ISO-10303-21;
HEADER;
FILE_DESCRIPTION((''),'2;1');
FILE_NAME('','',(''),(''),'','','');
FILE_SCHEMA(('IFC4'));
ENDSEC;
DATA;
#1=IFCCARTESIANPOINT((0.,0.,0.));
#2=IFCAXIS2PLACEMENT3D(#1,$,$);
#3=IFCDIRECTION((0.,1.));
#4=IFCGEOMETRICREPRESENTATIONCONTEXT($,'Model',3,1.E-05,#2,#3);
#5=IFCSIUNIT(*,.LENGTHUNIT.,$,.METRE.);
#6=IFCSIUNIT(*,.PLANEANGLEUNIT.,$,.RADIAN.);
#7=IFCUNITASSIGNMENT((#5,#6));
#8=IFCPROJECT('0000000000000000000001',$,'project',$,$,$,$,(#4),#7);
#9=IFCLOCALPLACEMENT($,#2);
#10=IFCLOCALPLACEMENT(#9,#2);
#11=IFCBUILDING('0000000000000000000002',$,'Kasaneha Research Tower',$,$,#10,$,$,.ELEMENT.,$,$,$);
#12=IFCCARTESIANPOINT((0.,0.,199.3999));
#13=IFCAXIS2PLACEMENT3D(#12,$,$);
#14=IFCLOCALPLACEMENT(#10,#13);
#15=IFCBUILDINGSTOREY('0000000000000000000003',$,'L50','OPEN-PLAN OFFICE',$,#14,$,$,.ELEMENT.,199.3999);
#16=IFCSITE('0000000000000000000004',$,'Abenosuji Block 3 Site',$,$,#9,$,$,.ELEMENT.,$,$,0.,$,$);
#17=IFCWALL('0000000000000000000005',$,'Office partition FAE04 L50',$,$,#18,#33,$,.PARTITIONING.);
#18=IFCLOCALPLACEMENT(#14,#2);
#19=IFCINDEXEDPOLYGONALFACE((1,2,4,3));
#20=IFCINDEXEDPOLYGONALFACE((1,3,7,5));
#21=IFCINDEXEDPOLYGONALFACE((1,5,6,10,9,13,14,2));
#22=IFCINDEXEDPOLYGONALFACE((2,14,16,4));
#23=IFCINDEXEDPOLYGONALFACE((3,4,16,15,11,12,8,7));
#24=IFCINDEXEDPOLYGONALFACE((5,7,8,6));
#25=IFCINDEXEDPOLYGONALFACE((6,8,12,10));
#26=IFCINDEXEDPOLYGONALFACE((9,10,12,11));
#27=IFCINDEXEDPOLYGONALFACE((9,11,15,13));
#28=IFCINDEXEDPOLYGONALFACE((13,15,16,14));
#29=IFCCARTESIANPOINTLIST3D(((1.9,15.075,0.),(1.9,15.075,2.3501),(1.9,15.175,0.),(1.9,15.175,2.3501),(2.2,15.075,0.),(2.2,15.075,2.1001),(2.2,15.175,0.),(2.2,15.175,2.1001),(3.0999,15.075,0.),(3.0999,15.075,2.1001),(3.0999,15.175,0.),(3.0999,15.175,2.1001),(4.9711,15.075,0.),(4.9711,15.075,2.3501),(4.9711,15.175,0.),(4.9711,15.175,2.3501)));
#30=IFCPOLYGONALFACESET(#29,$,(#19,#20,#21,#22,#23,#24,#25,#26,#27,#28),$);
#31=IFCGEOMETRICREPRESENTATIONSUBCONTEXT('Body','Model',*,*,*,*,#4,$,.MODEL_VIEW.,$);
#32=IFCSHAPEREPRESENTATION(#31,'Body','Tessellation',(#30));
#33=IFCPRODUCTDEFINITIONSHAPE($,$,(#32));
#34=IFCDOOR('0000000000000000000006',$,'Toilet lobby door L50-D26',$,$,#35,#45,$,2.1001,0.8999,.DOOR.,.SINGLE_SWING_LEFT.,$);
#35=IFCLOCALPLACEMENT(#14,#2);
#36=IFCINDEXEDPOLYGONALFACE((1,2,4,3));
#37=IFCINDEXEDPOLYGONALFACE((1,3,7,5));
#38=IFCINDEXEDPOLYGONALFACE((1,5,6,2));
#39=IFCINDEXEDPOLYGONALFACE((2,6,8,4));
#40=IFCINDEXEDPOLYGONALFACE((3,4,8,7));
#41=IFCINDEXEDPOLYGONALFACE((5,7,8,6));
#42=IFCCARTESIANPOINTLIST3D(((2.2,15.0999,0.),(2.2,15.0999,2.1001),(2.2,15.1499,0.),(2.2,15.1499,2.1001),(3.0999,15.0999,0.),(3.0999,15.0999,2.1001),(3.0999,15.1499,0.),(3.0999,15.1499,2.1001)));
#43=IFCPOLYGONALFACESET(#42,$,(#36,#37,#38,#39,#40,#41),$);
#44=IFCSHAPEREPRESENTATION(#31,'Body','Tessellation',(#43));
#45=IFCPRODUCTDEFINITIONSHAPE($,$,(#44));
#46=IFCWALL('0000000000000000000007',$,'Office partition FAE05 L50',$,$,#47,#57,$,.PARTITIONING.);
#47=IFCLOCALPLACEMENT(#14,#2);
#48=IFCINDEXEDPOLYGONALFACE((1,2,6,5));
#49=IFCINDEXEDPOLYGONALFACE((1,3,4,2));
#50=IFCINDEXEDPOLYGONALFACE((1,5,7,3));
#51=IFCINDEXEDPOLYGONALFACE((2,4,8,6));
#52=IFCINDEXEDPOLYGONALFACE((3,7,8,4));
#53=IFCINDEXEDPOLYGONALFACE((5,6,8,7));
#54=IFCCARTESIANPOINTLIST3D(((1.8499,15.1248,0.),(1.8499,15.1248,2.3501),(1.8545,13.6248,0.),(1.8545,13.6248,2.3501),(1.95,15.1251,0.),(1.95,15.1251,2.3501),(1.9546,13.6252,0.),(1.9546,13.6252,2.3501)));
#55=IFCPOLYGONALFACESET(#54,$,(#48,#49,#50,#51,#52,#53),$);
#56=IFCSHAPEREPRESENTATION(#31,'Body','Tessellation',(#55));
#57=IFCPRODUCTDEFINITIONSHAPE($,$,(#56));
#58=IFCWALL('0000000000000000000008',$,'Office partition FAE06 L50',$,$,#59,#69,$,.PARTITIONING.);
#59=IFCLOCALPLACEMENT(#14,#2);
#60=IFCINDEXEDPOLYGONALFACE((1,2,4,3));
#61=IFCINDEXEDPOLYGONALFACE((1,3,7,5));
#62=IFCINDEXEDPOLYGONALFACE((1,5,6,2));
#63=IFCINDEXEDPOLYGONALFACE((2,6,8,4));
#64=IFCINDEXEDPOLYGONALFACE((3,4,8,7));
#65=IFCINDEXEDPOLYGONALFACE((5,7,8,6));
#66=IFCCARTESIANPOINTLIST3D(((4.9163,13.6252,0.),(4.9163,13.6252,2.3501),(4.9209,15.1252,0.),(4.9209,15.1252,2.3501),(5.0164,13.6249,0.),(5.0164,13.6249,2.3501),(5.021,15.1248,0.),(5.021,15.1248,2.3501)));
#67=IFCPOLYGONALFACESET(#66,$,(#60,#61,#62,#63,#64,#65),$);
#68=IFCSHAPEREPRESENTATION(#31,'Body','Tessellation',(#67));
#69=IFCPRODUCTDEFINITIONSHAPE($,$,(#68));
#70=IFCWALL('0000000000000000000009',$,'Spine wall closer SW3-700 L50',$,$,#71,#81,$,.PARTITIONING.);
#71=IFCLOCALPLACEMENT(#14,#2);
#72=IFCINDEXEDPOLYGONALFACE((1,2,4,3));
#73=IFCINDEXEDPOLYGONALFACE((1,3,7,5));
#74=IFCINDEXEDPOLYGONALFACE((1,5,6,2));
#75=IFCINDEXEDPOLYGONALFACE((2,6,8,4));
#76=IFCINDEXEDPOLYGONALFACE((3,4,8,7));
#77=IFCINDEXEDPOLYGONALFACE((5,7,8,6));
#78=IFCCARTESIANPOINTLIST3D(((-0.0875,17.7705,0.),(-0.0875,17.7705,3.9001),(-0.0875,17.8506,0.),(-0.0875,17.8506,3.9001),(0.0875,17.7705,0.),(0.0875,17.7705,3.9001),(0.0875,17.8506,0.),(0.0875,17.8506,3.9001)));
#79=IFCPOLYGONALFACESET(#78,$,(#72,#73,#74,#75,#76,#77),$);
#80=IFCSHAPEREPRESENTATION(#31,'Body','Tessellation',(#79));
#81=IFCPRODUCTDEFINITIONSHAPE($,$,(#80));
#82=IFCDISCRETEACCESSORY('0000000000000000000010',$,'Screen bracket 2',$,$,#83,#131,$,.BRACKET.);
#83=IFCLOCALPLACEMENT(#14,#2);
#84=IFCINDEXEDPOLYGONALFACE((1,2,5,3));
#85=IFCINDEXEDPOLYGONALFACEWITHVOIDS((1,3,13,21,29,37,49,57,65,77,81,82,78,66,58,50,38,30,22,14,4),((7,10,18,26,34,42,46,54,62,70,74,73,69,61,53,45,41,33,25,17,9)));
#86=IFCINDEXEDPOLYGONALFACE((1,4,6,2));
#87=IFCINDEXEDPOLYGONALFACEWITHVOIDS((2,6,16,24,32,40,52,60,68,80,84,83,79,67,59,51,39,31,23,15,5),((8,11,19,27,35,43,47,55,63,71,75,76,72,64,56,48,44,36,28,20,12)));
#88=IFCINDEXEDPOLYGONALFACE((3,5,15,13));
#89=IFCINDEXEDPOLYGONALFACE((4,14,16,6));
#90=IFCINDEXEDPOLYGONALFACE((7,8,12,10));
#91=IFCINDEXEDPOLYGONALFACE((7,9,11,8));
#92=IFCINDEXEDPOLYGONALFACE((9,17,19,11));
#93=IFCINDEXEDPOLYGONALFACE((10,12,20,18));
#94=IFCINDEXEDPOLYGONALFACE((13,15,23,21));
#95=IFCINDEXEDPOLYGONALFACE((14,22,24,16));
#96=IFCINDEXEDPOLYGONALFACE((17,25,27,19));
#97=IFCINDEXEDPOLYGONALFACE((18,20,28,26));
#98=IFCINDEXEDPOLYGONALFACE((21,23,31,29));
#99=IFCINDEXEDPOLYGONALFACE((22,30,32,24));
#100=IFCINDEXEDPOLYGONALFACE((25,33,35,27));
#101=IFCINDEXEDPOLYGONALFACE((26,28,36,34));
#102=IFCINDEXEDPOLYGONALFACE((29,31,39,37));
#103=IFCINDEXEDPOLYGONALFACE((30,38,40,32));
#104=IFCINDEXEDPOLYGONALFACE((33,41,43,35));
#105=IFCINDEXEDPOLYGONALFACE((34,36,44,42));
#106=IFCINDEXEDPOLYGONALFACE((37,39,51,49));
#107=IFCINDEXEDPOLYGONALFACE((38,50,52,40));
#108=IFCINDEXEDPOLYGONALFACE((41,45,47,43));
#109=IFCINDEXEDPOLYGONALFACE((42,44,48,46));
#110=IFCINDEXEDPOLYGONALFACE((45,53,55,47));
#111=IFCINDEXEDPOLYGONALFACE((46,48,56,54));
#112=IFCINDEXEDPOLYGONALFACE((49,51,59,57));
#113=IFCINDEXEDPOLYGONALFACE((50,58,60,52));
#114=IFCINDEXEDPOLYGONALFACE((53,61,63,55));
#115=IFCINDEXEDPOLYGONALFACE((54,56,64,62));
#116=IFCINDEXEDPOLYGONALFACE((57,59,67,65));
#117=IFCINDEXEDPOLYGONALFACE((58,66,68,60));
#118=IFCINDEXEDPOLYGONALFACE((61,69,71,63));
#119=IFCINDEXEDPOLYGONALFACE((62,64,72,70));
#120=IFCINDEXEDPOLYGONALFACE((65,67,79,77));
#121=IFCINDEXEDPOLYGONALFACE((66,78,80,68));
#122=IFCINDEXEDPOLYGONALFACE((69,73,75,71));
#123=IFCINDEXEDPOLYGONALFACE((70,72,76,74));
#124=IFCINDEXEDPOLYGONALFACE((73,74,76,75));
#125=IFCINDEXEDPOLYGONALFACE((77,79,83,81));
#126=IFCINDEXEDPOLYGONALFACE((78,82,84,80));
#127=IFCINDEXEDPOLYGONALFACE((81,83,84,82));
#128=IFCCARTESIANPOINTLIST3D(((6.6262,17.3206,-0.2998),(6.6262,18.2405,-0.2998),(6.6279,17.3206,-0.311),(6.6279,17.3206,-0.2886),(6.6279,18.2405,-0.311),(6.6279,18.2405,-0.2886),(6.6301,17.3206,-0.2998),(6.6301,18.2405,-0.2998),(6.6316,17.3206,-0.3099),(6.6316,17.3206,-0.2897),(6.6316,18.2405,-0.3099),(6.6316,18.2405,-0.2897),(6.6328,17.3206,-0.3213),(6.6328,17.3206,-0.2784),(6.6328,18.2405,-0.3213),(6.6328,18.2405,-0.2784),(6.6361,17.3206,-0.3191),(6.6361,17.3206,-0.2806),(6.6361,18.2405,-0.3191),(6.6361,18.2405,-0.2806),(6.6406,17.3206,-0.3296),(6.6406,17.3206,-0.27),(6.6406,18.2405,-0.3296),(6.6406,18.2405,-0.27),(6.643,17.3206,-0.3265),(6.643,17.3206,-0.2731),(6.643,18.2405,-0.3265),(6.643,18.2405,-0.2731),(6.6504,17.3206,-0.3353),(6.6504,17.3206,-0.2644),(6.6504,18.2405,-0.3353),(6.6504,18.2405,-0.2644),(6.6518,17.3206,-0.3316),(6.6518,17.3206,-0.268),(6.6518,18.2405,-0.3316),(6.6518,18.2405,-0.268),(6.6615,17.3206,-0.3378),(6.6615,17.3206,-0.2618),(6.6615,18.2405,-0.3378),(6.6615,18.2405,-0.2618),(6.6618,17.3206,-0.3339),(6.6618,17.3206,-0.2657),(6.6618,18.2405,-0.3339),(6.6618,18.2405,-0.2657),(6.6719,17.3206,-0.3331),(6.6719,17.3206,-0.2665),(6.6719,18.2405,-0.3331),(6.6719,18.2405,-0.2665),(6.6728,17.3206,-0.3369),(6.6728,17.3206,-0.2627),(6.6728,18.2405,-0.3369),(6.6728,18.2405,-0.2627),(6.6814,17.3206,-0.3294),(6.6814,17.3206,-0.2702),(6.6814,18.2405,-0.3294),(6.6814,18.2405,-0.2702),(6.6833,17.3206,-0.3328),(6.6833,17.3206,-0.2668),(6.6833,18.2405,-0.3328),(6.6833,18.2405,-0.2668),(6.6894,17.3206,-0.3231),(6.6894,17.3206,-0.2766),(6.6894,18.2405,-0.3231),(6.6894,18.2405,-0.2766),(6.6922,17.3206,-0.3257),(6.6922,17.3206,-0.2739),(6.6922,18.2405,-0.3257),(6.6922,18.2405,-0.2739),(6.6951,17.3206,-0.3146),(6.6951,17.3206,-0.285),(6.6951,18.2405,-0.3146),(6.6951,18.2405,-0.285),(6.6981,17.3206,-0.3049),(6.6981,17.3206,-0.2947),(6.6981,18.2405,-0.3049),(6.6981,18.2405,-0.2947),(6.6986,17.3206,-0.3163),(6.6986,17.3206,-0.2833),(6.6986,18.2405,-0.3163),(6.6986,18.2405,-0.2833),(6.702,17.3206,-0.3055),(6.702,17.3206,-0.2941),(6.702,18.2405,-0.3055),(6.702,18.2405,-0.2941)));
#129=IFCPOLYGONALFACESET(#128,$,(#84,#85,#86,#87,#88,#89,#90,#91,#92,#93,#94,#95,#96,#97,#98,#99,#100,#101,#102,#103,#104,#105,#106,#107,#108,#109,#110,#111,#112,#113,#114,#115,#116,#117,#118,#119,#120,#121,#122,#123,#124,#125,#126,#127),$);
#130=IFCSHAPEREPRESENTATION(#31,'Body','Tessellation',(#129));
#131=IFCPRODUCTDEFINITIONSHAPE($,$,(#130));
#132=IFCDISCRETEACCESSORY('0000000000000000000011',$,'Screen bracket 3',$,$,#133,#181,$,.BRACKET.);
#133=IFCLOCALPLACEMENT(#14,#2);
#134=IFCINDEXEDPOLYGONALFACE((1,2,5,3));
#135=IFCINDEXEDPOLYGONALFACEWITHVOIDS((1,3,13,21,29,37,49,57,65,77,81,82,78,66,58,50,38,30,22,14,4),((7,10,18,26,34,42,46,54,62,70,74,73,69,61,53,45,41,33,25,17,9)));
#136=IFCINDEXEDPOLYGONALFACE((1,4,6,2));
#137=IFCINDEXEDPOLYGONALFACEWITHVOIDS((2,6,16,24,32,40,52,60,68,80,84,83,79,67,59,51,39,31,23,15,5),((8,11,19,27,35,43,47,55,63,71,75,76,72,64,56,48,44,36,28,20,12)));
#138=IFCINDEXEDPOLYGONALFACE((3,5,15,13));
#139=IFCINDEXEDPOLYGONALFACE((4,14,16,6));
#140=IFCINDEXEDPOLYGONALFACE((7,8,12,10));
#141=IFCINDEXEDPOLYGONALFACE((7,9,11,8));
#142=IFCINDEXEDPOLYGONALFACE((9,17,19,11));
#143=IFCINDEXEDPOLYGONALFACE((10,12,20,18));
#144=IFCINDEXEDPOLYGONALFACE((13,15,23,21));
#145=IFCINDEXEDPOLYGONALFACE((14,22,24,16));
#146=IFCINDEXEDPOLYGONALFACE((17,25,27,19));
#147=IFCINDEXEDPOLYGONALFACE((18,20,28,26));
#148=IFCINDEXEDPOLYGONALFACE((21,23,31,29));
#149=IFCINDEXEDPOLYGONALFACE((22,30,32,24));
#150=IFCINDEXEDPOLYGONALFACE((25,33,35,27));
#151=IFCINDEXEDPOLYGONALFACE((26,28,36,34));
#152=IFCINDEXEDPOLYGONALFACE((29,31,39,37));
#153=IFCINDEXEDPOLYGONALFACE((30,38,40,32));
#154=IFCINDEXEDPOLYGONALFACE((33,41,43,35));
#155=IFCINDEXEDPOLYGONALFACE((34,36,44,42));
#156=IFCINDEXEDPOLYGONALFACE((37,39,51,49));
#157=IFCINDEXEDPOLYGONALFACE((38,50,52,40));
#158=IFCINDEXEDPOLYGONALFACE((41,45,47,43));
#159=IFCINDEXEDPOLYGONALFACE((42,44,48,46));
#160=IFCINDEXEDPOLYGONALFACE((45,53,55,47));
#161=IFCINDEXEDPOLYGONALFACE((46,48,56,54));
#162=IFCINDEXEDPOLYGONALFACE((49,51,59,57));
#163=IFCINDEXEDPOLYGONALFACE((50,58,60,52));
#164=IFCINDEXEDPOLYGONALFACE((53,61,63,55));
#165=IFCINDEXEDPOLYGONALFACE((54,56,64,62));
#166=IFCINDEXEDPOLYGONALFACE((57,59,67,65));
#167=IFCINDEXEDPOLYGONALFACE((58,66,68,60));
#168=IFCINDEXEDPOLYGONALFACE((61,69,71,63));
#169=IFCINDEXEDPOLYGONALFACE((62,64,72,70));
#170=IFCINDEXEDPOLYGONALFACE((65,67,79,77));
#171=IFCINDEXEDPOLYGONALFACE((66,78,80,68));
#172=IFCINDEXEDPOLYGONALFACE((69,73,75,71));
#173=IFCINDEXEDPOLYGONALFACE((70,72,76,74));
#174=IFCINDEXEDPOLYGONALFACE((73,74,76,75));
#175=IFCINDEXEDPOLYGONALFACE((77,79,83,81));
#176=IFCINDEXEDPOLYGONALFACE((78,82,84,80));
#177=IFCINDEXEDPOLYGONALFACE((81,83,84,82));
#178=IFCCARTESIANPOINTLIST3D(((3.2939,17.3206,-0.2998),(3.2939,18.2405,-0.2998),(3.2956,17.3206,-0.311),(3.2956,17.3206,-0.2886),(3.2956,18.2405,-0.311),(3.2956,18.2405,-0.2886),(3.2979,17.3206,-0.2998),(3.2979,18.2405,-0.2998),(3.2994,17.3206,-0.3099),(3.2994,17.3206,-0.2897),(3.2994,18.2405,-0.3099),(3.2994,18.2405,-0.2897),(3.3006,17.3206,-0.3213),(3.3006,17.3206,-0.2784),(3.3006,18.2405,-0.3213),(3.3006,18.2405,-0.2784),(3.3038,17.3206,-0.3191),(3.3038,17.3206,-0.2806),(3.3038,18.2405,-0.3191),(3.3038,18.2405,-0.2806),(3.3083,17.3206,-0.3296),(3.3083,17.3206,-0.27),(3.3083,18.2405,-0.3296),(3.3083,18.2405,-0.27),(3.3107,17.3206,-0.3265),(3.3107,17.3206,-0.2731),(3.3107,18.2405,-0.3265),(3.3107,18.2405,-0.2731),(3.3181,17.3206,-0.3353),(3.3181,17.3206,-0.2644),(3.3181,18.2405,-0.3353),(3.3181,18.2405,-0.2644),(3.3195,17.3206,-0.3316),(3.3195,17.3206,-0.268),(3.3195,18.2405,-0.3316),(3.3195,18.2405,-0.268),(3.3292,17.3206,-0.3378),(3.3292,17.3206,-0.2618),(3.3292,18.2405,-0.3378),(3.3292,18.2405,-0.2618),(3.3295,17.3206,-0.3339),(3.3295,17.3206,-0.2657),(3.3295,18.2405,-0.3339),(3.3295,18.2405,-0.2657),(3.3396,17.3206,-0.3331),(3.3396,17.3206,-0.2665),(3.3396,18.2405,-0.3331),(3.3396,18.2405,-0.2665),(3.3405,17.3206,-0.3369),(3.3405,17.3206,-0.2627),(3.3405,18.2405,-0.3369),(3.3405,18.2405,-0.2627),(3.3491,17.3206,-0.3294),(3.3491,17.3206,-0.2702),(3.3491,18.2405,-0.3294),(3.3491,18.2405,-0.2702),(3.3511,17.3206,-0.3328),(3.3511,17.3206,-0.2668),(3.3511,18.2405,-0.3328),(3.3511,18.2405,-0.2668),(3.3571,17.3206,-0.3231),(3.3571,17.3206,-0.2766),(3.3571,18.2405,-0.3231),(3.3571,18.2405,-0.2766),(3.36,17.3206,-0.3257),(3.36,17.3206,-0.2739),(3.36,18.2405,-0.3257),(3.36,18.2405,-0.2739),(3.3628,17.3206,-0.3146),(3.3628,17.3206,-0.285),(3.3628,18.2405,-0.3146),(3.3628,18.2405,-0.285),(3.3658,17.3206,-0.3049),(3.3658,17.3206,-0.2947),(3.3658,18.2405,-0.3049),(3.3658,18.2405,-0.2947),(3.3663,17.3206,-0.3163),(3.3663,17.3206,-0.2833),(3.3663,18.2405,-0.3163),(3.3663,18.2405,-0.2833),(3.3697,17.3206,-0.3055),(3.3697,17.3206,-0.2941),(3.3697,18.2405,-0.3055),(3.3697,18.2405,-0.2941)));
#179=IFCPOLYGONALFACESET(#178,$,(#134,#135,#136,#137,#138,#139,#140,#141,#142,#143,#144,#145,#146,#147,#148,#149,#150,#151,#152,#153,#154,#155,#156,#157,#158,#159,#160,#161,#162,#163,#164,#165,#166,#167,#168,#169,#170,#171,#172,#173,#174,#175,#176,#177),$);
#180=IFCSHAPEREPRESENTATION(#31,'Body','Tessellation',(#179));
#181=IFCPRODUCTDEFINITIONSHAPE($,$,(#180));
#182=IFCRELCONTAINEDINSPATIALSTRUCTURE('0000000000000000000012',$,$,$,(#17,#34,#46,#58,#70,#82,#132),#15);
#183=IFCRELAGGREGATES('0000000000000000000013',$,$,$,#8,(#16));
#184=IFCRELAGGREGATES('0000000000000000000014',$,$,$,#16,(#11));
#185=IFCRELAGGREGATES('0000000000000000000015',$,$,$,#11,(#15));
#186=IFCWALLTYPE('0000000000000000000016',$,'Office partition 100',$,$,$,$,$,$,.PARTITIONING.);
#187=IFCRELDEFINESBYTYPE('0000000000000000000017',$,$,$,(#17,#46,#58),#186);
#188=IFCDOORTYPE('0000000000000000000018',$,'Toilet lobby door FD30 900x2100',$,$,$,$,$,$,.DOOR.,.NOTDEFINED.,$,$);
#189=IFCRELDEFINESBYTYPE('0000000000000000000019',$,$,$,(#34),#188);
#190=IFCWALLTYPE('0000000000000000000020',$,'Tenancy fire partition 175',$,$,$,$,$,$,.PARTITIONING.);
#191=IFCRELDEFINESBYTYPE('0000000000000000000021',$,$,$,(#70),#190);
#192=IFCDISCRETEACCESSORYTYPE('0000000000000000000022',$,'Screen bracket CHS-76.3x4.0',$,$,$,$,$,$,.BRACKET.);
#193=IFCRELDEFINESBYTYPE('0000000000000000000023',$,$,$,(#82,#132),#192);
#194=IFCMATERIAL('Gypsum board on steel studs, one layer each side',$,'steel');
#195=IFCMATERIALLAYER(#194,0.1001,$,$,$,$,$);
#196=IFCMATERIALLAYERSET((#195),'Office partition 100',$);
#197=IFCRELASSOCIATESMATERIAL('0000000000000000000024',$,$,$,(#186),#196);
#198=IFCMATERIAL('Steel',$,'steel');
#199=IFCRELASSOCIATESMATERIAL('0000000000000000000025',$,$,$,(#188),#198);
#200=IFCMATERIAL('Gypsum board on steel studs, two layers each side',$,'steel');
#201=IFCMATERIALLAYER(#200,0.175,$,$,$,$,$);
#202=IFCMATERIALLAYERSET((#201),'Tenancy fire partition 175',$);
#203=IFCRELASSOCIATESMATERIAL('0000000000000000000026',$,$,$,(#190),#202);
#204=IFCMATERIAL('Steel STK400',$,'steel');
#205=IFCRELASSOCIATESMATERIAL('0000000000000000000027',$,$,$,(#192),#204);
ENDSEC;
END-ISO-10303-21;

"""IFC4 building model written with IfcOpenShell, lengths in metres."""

from ifc_helpers import new_model, si_unit, direction, frame, frame_2d, origin, origin_2d, place, context, subcontext, project, spatial, rectangle, hollow_circle, extrude, material, layer, layer_set, material_profile, profile_set, type_object, element, fill, save


model = new_model("IFC4")

# Units and contexts
model_context = context("Model", 3, precision=1e-05, world=origin(), true_north=direction((0.0, 1.0)))
body_context = subcontext(model_context, "Body", "Model", "MODEL_VIEW")
ifc_project = project(units=[si_unit("LENGTHUNIT", "METRE"), si_unit("PLANEANGLEUNIT", "RADIAN")], contexts=[model_context])

# Site, building, storey
site_placement = place(None, origin())
site = spatial("IfcSite", under=ifc_project, at=site_placement, Name="Abenosuji Block 3 Site", CompositionType="ELEMENT", RefElevation=0.0)
building_placement = place(site_placement, origin())
building = spatial("IfcBuilding", under=site, at=building_placement, Name="Kasaneha Research Tower", CompositionType="ELEMENT")
storey_placement = place(building_placement, frame((0.0, 0.0, 199.3999)))
storey = spatial("IfcBuildingStorey", under=building, at=storey_placement, Name="L50", Description="OPEN-PLAN OFFICE", CompositionType="ELEMENT", Elevation=199.3999)

# Shared definitions
ifc_material_1 = material(Name="Gypsum board on steel studs, one layer each side", Category="steel")
ifc_layer_1 = layer(ifc_material_1, 0.1001)
ifc_layer_set_1 = layer_set([ifc_layer_1], Name="Office partition 100")
wall_type_1 = type_object("IfcWallType", Name="Office partition 100", PredefinedType="PARTITIONING", material=ifc_layer_set_1)
ifc_material_2 = material(Name="Steel", Category="steel")
door_type = type_object("IfcDoorType", Name="Toilet lobby door FD30 900x2100", OperationType="NOTDEFINED", PredefinedType="DOOR", material=ifc_material_2)

# Wall, opening, door
wall_1_placement = place(storey_placement, frame((1.8999, 15.125, 0.0), z_axis=(0.0, 0.0, 1.0), x_axis=(1.0, 0.0, 0.0)))
wall_1 = element("IfcWall", 1, at=wall_1_placement, inside=storey, type_object=wall_type_1, Name="Office partition FAE04 L50", PredefinedType="PARTITIONING", context=body_context, shape_type="SweptSolid", body=[
    extrude(rectangle(XDim=3.071, YDim=0.1001, at=frame_2d((1.5356, 0.0))), origin(), (0.0, 0.0, 1.0), 2.3501),
])
opening_1_placement = place(wall_1_placement, frame((0.3, 0.0, 0.0)))
opening_1 = element("IfcOpeningElement", 2, at=opening_1_placement, cuts=wall_1, PredefinedType="OPENING", context=body_context, shape_type="SweptSolid", body=[
    extrude(rectangle(XDim=0.8999, YDim=2.1001, at=frame_2d((0.45, 1.05))), frame((0.0, 0.0601, 0.0), z_axis=(0.0, -1.0, 0.0), x_axis=(1.0, 0.0, 0.0)), (0.0, 0.0, 1.0), 0.1201),
])
door_1_placement = place(opening_1_placement, origin())
door_1 = element("IfcDoor", 3, at=door_1_placement, inside=storey, type_object=door_type, Name="Toilet lobby door L50-D26", OperationType="SINGLE_SWING_LEFT", OverallHeight=2.1001, OverallWidth=0.8999, PredefinedType="DOOR", context=body_context, shape_type="SweptSolid", body=[
    extrude(rectangle(XDim=0.8999, YDim=2.1001, at=frame_2d((0.45, 1.05))), frame((0.0, 0.0249, 0.0), z_axis=(0.0, -1.0, 0.0), x_axis=(1.0, 0.0, 0.0)), (0.0, 0.0, 1.0), 0.05),
])
fill(opening_1, door_1)

# Walls
for number, where, z_axis, x_axis, name in (
    (4, (1.9045, 13.625, 0.0), (0.0, 0.0, 1.0), (-0.003092, 0.999995, 0.0), "Office partition FAE05 L50"),
    (5, (4.9709, 15.125, 0.0), (0.0, 0.0, 1.0), (-0.003092, -0.999995, 0.0), "Office partition FAE06 L50"),
):
    element("IfcWall", number, at=place(storey_placement, frame(where, z_axis=z_axis, x_axis=x_axis)), inside=storey, type_object=wall_type_1, Name=name, PredefinedType="PARTITIONING", context=body_context, shape_type="SweptSolid", body=[
        extrude(rectangle(XDim=1.5, YDim=0.1001, at=frame_2d((0.75, 0.0))), origin(), (0.0, 0.0, 1.0), 2.3501),
    ])
ifc_material_3 = material(Name="Gypsum board on steel studs, two layers each side", Category="steel")
ifc_layer_2 = layer(ifc_material_3, 0.175)
ifc_layer_set_2 = layer_set([ifc_layer_2], Name="Tenancy fire partition 175")
wall_type_2 = type_object("IfcWallType", Name="Tenancy fire partition 175", PredefinedType="PARTITIONING", material=ifc_layer_set_2)
wall_2_placement = place(storey_placement, frame((0.0, 17.7705, 0.0), z_axis=(0.0, 0.0, 1.0), x_axis=(0.0, 1.0, 0.0)))
element("IfcWall", 6, at=wall_2_placement, inside=storey, type_object=wall_type_2, Name="Spine wall closer SW3-700 L50", PredefinedType="PARTITIONING", context=body_context, shape_type="SweptSolid", body=[
    extrude(rectangle(XDim=0.0801, YDim=0.175, at=frame_2d((0.04, 0.0))), origin(), (0.0, 0.0, 1.0), 3.9001),
])

# Discrete accessories
ifc_material_4 = material(Name="Steel STK400", Category="steel")
ifc_material_profile_1 = material_profile(ifc_material_4, hollow_circle(Radius=0.0381, WallThickness=0.0039, at=origin_2d()), Name="CHS-76.3x4.0")
ifc_profile_set_1 = profile_set([ifc_material_profile_1], Name="Steel STK400")
discrete_accessory_type = type_object("IfcDiscreteAccessoryType", Name="Screen bracket CHS-76.3x4.0", PredefinedType="BRACKET", material=ifc_profile_set_1)
for number, where, z_axis, x_axis, name in (
    (7, (6.6643, 17.3206, -0.2998), (0.0, 1.0, 0.0), (-1.0, 0.0, 0.0), "Screen bracket 2"),
    (8, (3.332, 17.3206, -0.2998), (0.0, 1.0, 0.0), (-1.0, 0.0, 0.0), "Screen bracket 3"),
):
    element("IfcDiscreteAccessory", number, at=place(storey_placement, frame(where, z_axis=z_axis, x_axis=x_axis)), inside=storey, type_object=discrete_accessory_type, Name=name, PredefinedType="BRACKET", context=body_context, shape_type="SweptSolid", body=[
        extrude(hollow_circle(Radius=0.0381, WallThickness=0.0039, at=origin_2d()), origin(), (0.0, 0.0, 1.0), 0.9199),
    ])

save(model, "model.ifc")
